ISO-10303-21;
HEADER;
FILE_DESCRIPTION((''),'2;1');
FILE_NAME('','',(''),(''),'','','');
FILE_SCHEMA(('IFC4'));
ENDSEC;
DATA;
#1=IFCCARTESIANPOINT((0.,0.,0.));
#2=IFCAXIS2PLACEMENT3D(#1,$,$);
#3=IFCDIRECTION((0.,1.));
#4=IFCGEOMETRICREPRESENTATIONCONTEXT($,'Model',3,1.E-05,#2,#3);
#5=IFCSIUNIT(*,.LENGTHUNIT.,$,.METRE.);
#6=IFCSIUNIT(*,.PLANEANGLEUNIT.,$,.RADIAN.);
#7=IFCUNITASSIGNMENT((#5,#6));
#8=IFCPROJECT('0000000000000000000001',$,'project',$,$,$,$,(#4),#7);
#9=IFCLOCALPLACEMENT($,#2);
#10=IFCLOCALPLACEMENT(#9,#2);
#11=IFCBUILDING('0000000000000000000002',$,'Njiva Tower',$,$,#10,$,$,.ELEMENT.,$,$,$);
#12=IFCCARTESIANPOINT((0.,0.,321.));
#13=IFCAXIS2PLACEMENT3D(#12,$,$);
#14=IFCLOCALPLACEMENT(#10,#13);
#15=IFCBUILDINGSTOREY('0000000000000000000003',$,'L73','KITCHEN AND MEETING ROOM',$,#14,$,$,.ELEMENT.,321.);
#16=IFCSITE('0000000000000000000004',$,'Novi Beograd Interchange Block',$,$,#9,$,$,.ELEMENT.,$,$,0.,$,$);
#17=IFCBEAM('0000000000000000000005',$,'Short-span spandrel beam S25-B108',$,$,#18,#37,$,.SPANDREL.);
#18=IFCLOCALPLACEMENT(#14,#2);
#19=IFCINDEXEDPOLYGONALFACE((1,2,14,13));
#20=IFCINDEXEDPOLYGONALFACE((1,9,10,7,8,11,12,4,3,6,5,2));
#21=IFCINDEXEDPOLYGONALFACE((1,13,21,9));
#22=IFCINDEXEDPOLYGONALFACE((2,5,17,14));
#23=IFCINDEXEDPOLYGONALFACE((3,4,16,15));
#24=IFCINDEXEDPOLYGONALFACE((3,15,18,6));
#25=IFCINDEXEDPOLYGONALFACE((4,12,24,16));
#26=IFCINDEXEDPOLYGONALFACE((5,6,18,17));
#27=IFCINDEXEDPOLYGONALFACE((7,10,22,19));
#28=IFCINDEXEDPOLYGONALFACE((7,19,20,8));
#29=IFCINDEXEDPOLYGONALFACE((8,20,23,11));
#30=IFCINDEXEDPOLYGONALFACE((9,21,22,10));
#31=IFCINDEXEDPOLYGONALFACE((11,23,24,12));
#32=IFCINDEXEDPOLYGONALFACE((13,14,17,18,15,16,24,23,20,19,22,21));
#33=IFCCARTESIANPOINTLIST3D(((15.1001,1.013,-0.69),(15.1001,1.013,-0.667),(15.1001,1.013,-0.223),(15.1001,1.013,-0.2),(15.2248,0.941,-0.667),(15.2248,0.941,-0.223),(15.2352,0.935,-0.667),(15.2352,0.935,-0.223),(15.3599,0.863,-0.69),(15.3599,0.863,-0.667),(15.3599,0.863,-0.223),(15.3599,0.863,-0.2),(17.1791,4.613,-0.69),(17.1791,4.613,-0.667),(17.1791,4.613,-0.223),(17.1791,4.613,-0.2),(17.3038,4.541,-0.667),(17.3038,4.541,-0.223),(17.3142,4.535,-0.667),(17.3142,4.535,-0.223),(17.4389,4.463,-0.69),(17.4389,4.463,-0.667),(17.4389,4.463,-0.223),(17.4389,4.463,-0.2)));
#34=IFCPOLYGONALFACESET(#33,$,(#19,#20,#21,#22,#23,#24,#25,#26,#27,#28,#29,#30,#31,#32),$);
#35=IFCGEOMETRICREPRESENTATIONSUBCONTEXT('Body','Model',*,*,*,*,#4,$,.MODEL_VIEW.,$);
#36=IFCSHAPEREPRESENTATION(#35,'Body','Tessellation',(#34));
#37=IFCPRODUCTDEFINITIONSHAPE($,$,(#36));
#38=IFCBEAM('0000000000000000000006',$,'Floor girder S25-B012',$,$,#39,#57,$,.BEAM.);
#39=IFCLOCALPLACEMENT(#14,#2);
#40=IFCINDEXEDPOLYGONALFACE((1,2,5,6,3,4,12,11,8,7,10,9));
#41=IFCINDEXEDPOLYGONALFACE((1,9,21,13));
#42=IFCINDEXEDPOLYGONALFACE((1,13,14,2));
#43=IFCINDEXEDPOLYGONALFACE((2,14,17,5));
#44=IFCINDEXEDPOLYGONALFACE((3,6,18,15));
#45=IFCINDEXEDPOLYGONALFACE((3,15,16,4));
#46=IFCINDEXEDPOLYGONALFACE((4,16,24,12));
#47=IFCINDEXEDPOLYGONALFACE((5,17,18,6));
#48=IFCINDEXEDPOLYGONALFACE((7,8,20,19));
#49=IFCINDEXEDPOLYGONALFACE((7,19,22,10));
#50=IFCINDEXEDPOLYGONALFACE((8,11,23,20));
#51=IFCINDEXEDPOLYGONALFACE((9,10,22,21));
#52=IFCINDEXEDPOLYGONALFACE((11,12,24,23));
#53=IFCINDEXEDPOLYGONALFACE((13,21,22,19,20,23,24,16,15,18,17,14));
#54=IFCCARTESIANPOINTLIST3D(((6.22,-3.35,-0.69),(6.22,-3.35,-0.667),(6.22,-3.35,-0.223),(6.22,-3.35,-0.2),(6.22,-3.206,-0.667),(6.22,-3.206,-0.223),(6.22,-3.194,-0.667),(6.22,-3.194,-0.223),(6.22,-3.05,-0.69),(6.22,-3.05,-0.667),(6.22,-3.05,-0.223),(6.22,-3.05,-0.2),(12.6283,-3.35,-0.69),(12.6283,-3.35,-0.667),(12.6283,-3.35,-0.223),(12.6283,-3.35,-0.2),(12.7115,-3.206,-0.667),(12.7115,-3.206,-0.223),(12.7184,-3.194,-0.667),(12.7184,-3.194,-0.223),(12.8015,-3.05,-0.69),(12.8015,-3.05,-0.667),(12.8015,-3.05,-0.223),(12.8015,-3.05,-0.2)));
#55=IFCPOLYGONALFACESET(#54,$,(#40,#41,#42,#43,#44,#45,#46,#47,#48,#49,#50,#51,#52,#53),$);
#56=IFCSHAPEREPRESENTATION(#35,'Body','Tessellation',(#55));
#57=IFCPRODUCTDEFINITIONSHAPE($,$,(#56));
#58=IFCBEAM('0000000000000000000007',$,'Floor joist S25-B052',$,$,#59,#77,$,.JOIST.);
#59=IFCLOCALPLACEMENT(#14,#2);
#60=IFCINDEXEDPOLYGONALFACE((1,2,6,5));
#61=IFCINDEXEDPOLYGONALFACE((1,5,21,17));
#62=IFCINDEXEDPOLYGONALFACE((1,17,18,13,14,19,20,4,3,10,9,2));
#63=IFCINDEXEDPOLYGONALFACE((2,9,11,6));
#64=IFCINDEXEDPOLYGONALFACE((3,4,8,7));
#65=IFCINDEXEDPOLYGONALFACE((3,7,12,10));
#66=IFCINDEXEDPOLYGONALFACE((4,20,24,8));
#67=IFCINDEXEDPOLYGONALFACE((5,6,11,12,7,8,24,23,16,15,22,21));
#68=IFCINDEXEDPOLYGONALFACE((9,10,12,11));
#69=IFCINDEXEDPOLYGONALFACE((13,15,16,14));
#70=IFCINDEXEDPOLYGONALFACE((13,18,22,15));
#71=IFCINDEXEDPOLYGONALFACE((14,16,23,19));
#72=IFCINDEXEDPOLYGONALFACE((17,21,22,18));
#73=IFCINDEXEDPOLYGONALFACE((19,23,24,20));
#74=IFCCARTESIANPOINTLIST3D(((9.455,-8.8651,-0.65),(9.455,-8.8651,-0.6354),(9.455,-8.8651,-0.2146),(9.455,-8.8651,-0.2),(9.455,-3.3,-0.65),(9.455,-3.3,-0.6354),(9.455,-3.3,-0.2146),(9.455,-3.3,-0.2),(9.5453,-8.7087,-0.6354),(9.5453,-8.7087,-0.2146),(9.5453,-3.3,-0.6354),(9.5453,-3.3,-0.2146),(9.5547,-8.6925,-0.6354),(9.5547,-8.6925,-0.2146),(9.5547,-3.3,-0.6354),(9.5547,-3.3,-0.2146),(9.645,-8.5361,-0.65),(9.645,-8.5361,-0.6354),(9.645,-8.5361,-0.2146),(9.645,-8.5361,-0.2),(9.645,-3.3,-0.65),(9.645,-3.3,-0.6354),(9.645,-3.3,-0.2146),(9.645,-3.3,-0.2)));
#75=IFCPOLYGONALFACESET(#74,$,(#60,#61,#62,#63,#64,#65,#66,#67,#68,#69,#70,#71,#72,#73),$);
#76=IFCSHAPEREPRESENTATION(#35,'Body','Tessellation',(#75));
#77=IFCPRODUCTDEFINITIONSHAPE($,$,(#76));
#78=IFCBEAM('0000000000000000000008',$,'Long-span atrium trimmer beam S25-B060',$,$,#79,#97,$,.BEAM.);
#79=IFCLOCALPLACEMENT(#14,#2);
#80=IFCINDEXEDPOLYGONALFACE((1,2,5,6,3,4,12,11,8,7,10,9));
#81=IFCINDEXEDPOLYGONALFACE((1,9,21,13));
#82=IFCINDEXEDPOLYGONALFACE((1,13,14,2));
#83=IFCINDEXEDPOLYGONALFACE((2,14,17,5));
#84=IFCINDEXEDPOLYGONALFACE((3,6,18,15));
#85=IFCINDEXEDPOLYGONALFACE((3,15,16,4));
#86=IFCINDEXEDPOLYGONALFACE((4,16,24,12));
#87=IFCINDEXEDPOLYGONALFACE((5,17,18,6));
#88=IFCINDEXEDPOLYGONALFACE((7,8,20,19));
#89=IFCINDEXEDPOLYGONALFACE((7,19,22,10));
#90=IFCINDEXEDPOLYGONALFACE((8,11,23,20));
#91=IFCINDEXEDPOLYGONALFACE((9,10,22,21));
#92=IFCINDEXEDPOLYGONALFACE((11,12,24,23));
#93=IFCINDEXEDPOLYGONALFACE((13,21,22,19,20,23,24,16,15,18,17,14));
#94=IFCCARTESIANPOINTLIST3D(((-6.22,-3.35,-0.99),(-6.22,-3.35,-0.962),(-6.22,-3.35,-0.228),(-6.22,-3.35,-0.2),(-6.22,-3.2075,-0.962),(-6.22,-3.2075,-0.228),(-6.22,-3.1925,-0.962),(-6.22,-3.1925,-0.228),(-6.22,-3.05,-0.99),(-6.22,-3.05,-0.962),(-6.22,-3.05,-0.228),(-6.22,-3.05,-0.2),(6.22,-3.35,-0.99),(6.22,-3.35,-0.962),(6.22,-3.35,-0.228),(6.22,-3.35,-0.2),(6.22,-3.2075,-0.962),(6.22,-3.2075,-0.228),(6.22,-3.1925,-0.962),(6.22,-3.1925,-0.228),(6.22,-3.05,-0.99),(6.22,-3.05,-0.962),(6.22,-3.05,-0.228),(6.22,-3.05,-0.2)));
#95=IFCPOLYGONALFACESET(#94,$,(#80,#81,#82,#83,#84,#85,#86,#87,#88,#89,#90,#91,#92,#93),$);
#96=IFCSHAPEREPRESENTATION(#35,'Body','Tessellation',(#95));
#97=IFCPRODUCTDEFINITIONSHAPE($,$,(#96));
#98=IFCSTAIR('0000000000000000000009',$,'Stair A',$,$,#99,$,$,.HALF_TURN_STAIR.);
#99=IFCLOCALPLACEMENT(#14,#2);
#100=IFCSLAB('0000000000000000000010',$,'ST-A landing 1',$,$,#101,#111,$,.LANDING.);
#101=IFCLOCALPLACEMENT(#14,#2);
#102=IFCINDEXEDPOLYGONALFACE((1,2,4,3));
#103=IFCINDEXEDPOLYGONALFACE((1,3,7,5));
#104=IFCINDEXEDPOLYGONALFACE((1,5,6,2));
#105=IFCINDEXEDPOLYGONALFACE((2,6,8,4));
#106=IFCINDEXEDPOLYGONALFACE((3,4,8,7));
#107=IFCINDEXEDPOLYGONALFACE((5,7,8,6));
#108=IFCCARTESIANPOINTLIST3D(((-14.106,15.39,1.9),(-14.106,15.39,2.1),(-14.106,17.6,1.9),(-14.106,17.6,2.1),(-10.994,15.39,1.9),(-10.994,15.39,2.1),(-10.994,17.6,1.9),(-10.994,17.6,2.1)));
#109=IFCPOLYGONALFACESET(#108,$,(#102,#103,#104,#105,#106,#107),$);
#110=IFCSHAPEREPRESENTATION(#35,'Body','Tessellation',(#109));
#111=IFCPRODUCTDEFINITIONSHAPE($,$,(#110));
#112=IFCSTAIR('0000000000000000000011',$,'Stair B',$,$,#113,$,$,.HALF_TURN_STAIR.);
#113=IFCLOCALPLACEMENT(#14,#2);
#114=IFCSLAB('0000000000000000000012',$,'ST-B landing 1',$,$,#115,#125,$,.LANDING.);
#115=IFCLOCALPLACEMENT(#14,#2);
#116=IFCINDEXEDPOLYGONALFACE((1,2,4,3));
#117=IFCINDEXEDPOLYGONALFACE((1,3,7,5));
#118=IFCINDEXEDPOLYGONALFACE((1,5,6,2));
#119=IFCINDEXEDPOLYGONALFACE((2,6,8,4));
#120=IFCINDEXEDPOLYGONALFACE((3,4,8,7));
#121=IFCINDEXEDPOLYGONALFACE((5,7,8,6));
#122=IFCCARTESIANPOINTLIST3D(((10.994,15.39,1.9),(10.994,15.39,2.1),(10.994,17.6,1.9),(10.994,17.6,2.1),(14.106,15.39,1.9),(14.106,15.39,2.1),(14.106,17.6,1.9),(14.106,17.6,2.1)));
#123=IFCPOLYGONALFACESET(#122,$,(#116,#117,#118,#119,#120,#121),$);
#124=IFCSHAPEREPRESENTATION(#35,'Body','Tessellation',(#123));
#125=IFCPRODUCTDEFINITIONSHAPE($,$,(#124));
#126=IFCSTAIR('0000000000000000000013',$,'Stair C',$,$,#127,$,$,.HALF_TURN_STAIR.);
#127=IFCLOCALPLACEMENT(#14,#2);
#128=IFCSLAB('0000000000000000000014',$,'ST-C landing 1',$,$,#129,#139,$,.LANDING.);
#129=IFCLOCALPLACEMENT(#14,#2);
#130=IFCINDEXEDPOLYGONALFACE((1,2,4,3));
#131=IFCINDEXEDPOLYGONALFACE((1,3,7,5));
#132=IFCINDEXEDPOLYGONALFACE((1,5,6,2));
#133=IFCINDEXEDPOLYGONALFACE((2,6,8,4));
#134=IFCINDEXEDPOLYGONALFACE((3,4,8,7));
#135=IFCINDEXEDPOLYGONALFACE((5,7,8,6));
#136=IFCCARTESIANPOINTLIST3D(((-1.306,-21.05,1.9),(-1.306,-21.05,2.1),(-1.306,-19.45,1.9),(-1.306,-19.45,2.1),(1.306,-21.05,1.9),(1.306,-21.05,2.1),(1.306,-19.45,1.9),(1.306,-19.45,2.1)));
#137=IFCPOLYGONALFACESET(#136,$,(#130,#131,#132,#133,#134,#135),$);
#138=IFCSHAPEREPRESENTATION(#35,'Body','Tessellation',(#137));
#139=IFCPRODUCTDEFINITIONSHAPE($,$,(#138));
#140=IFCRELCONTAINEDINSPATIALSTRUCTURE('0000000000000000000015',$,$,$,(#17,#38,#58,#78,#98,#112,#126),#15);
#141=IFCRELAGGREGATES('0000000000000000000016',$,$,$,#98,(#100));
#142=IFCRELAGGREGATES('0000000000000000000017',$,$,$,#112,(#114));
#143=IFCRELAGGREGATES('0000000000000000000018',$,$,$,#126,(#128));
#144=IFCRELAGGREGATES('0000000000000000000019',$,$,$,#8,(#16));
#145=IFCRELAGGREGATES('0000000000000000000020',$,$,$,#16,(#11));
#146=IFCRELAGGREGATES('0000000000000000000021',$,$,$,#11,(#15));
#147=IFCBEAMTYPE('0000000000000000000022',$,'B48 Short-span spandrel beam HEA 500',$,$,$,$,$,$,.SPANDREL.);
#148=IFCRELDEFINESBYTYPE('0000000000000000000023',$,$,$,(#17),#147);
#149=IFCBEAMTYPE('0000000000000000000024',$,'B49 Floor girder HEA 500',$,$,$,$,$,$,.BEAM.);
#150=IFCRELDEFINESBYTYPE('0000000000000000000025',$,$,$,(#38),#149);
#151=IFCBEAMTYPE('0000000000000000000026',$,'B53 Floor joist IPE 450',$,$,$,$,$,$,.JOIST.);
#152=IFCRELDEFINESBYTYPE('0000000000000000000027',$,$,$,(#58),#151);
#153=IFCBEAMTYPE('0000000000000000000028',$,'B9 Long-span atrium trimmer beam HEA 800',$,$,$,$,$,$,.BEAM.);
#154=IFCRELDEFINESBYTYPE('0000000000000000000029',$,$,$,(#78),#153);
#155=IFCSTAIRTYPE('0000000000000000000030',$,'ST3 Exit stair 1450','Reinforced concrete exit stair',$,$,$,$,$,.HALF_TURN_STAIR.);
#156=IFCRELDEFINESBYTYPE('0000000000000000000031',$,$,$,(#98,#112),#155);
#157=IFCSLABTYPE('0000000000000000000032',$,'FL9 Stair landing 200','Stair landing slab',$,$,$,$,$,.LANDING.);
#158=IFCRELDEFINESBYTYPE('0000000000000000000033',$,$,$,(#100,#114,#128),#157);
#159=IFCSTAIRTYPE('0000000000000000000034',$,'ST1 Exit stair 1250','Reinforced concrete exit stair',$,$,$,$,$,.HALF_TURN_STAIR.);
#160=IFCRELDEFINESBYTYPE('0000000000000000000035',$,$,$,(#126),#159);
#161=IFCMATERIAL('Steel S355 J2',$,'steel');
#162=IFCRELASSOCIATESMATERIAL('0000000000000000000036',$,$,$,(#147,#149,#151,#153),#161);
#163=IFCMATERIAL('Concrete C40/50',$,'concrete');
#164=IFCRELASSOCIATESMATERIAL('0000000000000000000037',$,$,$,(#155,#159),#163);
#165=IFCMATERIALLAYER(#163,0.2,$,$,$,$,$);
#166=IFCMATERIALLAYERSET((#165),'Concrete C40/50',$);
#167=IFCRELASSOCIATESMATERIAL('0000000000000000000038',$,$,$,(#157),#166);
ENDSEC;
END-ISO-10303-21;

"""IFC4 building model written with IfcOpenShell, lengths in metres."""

from ifc_helpers import new_model, si_unit, direction, frame, origin, origin_2d, place, context, subcontext, project, spatial, polyline, i_section, outline, extrude, clip, halfspace, material, layer, layer_set, material_profile, profile_set, type_object, element, aggregate, save


model = new_model("IFC4")

# Units and contexts
model_context = context("Model", 3, precision=1e-05, world=origin(), true_north=direction((0.0, 1.0)))
body_context = subcontext(model_context, "Body", "Model", "MODEL_VIEW")
ifc_project = project(units=[si_unit("LENGTHUNIT", "METRE"), si_unit("PLANEANGLEUNIT", "RADIAN")], contexts=[model_context])

# Site, building, storey
site_placement = place(None, origin())
site = spatial("IfcSite", under=ifc_project, at=site_placement, Name="Novi Beograd Interchange Block", CompositionType="ELEMENT", RefElevation=0.0)
building_placement = place(site_placement, origin())
building = spatial("IfcBuilding", under=site, at=building_placement, Name="Njiva Tower", CompositionType="ELEMENT")
storey_placement = place(building_placement, frame((0.0, 0.0, 321.0)))
storey = spatial("IfcBuildingStorey", under=building, at=storey_placement, Name="L73", Description="KITCHEN AND MEETING ROOM", CompositionType="ELEMENT", Elevation=321.0)

# Shared definitions
ifc_material_1 = material(Name="Steel S355 J2", Category="steel")

# Beams
ifc_material_profile_1 = material_profile(ifc_material_1, i_section(OverallWidth=0.3, OverallDepth=0.49, WebThickness=0.012, FlangeThickness=0.023, at=origin_2d()), Name="HEA 500")
ifc_profile_set_1 = profile_set([ifc_material_profile_1], Name="Steel S355 J2")
beam_type_1 = type_object("IfcBeamType", Name="B48 Short-span spandrel beam HEA 500", PredefinedType="SPANDREL", material=ifc_profile_set_1)
beam_1_placement = place(storey_placement, frame((15.23, 0.938, -0.445), z_axis=(0.500097, 0.865969, 0.0), x_axis=(-0.865969, 0.500097, 0.0)))
element("IfcBeam", 1, at=beam_1_placement, inside=storey, type_object=beam_type_1, Name="Short-span spandrel beam S25-B108", PredefinedType="SPANDREL", context=body_context, shape_type="SweptSolid", body=[
    extrude(i_section(OverallWidth=0.3, OverallDepth=0.49, WebThickness=0.012, FlangeThickness=0.023, at=origin_2d()), origin(), (0.0, 0.0, 1.0), 4.1572),
])
ifc_material_profile_2 = material_profile(ifc_material_1, i_section(OverallWidth=0.3, OverallDepth=0.49, WebThickness=0.012, FlangeThickness=0.023, at=origin_2d()), Name="HEA 500")
ifc_profile_set_2 = profile_set([ifc_material_profile_2], Name="Steel S355 J2")
beam_type_2 = type_object("IfcBeamType", Name="B49 Floor girder HEA 500", PredefinedType="BEAM", material=ifc_profile_set_2)
beam_2_placement = place(storey_placement, frame((6.22, -3.2, -0.445), z_axis=(1.0, 0.0, 0.0), x_axis=(0.0, 1.0, 0.0)))
element("IfcBeam", 2, at=beam_2_placement, inside=storey, type_object=beam_type_2, Name="Floor girder S25-B012", PredefinedType="BEAM", context=body_context, shape_type="Clipping", body=[
    clip(extrude(i_section(OverallWidth=0.3, OverallDepth=0.49, WebThickness=0.012, FlangeThickness=0.023, at=origin_2d()), origin(), (0.0, 0.0, 1.0), 6.602), halfspace(frame((-0.025, 0.0, 6.4805), z_axis=(-0.499998, 0.0, 0.866027), x_axis=(0.0, 1.0, 0.0)), False)),
])
ifc_material_profile_3 = material_profile(ifc_material_1, i_section(OverallWidth=0.19, OverallDepth=0.45, WebThickness=0.0094, FlangeThickness=0.0146, at=origin_2d()), Name="IPE 450")
ifc_profile_set_3 = profile_set([ifc_material_profile_3], Name="Steel S355 J2")
beam_type_3 = type_object("IfcBeamType", Name="B53 Floor joist IPE 450", PredefinedType="JOIST", material=ifc_profile_set_3)
beam_3_placement = place(storey_placement, frame((9.55, -3.3, -0.425), z_axis=(0.0, -1.0, 0.0), x_axis=(1.0, 0.0, 0.0)))
element("IfcBeam", 3, at=beam_3_placement, inside=storey, type_object=beam_type_3, Name="Floor joist S25-B052", PredefinedType="JOIST", context=body_context, shape_type="Clipping", body=[
    clip(extrude(i_section(OverallWidth=0.19, OverallDepth=0.45, WebThickness=0.0094, FlangeThickness=0.0146, at=origin_2d()), origin(), (0.0, 0.0, 1.0), 5.586), halfspace(frame((0.0433, 0.0, 5.3256), z_axis=(0.866027, 0.0, 0.499998), x_axis=(0.0, 1.0, 0.0)), False)),
])
ifc_material_profile_4 = material_profile(ifc_material_1, i_section(OverallWidth=0.3, OverallDepth=0.79, WebThickness=0.015, FlangeThickness=0.028, at=origin_2d()), Name="HEA 800")
ifc_profile_set_4 = profile_set([ifc_material_profile_4], Name="Steel S355 J2")
beam_type_4 = type_object("IfcBeamType", Name="B9 Long-span atrium trimmer beam HEA 800", PredefinedType="BEAM", material=ifc_profile_set_4)
beam_4_placement = place(storey_placement, frame((6.22, -3.2, -0.595), z_axis=(-1.0, 0.0, 0.0), x_axis=(0.0, -1.0, 0.0)))
element("IfcBeam", 4, at=beam_4_placement, inside=storey, type_object=beam_type_4, Name="Long-span atrium trimmer beam S25-B060", PredefinedType="BEAM", context=body_context, shape_type="SweptSolid", body=[
    extrude(i_section(OverallWidth=0.3, OverallDepth=0.79, WebThickness=0.015, FlangeThickness=0.028, at=origin_2d()), origin(), (0.0, 0.0, 1.0), 12.44),
])

# Stairs, slabs
ifc_material_2 = material(Name="Concrete C40/50", Category="concrete")
stair_type_1 = type_object("IfcStairType", Name="ST3 Exit stair 1450", Description="Reinforced concrete exit stair", PredefinedType="HALF_TURN_STAIR", material=ifc_material_2)
stair_1_placement = place(storey_placement, origin())
stair_1 = element("IfcStair", 5, at=stair_1_placement, inside=storey, type_object=stair_type_1, Name="Stair A", PredefinedType="HALF_TURN_STAIR")
ifc_layer_1 = layer(ifc_material_2, 0.2)
ifc_layer_set_1 = layer_set([ifc_layer_1], Name="Concrete C40/50")
slab_type_1 = type_object("IfcSlabType", Name="FL9 Stair landing 200", Description="Stair landing slab", PredefinedType="LANDING", material=ifc_layer_set_1)
slab_1_placement = place(storey_placement, frame((0.0, 0.0, 1.9)))
slab_1 = element("IfcSlab", 6, at=slab_1_placement, type_object=slab_type_1, Name="ST-A landing 1", PredefinedType="LANDING", context=body_context, shape_type="SweptSolid", body=[
    extrude(outline(polyline([(-14.106, 15.39), (-10.994, 15.39), (-10.994, 17.6), (-14.106, 17.6), (-14.106, 15.39)])), origin(), (0.0, 0.0, 1.0), 0.2),
])
aggregate(stair_1, [slab_1])
stair_2_placement = place(storey_placement, origin())
stair_2 = element("IfcStair", 7, at=stair_2_placement, inside=storey, type_object=stair_type_1, Name="Stair B", PredefinedType="HALF_TURN_STAIR")
slab_2_placement = place(storey_placement, frame((0.0, 0.0, 1.9)))
slab_2 = element("IfcSlab", 8, at=slab_2_placement, type_object=slab_type_1, Name="ST-B landing 1", PredefinedType="LANDING", context=body_context, shape_type="SweptSolid", body=[
    extrude(outline(polyline([(10.994, 15.39), (14.106, 15.39), (14.106, 17.6), (10.994, 17.6), (10.994, 15.39)])), origin(), (0.0, 0.0, 1.0), 0.2),
])
aggregate(stair_2, [slab_2])
stair_type_2 = type_object("IfcStairType", Name="ST1 Exit stair 1250", Description="Reinforced concrete exit stair", PredefinedType="HALF_TURN_STAIR", material=ifc_material_2)
stair_3_placement = place(storey_placement, origin())
stair_3 = element("IfcStair", 9, at=stair_3_placement, inside=storey, type_object=stair_type_2, Name="Stair C", PredefinedType="HALF_TURN_STAIR")
slab_3_placement = place(storey_placement, frame((0.0, 0.0, 1.9)))
slab_3 = element("IfcSlab", 10, at=slab_3_placement, type_object=slab_type_1, Name="ST-C landing 1", PredefinedType="LANDING", context=body_context, shape_type="SweptSolid", body=[
    extrude(outline(polyline([(-1.306, -21.05), (1.306, -21.05), (1.306, -19.45), (-1.306, -19.45), (-1.306, -21.05)])), origin(), (0.0, 0.0, 1.0), 0.2),
])
aggregate(stair_3, [slab_3])

save(model, "model.ifc")
